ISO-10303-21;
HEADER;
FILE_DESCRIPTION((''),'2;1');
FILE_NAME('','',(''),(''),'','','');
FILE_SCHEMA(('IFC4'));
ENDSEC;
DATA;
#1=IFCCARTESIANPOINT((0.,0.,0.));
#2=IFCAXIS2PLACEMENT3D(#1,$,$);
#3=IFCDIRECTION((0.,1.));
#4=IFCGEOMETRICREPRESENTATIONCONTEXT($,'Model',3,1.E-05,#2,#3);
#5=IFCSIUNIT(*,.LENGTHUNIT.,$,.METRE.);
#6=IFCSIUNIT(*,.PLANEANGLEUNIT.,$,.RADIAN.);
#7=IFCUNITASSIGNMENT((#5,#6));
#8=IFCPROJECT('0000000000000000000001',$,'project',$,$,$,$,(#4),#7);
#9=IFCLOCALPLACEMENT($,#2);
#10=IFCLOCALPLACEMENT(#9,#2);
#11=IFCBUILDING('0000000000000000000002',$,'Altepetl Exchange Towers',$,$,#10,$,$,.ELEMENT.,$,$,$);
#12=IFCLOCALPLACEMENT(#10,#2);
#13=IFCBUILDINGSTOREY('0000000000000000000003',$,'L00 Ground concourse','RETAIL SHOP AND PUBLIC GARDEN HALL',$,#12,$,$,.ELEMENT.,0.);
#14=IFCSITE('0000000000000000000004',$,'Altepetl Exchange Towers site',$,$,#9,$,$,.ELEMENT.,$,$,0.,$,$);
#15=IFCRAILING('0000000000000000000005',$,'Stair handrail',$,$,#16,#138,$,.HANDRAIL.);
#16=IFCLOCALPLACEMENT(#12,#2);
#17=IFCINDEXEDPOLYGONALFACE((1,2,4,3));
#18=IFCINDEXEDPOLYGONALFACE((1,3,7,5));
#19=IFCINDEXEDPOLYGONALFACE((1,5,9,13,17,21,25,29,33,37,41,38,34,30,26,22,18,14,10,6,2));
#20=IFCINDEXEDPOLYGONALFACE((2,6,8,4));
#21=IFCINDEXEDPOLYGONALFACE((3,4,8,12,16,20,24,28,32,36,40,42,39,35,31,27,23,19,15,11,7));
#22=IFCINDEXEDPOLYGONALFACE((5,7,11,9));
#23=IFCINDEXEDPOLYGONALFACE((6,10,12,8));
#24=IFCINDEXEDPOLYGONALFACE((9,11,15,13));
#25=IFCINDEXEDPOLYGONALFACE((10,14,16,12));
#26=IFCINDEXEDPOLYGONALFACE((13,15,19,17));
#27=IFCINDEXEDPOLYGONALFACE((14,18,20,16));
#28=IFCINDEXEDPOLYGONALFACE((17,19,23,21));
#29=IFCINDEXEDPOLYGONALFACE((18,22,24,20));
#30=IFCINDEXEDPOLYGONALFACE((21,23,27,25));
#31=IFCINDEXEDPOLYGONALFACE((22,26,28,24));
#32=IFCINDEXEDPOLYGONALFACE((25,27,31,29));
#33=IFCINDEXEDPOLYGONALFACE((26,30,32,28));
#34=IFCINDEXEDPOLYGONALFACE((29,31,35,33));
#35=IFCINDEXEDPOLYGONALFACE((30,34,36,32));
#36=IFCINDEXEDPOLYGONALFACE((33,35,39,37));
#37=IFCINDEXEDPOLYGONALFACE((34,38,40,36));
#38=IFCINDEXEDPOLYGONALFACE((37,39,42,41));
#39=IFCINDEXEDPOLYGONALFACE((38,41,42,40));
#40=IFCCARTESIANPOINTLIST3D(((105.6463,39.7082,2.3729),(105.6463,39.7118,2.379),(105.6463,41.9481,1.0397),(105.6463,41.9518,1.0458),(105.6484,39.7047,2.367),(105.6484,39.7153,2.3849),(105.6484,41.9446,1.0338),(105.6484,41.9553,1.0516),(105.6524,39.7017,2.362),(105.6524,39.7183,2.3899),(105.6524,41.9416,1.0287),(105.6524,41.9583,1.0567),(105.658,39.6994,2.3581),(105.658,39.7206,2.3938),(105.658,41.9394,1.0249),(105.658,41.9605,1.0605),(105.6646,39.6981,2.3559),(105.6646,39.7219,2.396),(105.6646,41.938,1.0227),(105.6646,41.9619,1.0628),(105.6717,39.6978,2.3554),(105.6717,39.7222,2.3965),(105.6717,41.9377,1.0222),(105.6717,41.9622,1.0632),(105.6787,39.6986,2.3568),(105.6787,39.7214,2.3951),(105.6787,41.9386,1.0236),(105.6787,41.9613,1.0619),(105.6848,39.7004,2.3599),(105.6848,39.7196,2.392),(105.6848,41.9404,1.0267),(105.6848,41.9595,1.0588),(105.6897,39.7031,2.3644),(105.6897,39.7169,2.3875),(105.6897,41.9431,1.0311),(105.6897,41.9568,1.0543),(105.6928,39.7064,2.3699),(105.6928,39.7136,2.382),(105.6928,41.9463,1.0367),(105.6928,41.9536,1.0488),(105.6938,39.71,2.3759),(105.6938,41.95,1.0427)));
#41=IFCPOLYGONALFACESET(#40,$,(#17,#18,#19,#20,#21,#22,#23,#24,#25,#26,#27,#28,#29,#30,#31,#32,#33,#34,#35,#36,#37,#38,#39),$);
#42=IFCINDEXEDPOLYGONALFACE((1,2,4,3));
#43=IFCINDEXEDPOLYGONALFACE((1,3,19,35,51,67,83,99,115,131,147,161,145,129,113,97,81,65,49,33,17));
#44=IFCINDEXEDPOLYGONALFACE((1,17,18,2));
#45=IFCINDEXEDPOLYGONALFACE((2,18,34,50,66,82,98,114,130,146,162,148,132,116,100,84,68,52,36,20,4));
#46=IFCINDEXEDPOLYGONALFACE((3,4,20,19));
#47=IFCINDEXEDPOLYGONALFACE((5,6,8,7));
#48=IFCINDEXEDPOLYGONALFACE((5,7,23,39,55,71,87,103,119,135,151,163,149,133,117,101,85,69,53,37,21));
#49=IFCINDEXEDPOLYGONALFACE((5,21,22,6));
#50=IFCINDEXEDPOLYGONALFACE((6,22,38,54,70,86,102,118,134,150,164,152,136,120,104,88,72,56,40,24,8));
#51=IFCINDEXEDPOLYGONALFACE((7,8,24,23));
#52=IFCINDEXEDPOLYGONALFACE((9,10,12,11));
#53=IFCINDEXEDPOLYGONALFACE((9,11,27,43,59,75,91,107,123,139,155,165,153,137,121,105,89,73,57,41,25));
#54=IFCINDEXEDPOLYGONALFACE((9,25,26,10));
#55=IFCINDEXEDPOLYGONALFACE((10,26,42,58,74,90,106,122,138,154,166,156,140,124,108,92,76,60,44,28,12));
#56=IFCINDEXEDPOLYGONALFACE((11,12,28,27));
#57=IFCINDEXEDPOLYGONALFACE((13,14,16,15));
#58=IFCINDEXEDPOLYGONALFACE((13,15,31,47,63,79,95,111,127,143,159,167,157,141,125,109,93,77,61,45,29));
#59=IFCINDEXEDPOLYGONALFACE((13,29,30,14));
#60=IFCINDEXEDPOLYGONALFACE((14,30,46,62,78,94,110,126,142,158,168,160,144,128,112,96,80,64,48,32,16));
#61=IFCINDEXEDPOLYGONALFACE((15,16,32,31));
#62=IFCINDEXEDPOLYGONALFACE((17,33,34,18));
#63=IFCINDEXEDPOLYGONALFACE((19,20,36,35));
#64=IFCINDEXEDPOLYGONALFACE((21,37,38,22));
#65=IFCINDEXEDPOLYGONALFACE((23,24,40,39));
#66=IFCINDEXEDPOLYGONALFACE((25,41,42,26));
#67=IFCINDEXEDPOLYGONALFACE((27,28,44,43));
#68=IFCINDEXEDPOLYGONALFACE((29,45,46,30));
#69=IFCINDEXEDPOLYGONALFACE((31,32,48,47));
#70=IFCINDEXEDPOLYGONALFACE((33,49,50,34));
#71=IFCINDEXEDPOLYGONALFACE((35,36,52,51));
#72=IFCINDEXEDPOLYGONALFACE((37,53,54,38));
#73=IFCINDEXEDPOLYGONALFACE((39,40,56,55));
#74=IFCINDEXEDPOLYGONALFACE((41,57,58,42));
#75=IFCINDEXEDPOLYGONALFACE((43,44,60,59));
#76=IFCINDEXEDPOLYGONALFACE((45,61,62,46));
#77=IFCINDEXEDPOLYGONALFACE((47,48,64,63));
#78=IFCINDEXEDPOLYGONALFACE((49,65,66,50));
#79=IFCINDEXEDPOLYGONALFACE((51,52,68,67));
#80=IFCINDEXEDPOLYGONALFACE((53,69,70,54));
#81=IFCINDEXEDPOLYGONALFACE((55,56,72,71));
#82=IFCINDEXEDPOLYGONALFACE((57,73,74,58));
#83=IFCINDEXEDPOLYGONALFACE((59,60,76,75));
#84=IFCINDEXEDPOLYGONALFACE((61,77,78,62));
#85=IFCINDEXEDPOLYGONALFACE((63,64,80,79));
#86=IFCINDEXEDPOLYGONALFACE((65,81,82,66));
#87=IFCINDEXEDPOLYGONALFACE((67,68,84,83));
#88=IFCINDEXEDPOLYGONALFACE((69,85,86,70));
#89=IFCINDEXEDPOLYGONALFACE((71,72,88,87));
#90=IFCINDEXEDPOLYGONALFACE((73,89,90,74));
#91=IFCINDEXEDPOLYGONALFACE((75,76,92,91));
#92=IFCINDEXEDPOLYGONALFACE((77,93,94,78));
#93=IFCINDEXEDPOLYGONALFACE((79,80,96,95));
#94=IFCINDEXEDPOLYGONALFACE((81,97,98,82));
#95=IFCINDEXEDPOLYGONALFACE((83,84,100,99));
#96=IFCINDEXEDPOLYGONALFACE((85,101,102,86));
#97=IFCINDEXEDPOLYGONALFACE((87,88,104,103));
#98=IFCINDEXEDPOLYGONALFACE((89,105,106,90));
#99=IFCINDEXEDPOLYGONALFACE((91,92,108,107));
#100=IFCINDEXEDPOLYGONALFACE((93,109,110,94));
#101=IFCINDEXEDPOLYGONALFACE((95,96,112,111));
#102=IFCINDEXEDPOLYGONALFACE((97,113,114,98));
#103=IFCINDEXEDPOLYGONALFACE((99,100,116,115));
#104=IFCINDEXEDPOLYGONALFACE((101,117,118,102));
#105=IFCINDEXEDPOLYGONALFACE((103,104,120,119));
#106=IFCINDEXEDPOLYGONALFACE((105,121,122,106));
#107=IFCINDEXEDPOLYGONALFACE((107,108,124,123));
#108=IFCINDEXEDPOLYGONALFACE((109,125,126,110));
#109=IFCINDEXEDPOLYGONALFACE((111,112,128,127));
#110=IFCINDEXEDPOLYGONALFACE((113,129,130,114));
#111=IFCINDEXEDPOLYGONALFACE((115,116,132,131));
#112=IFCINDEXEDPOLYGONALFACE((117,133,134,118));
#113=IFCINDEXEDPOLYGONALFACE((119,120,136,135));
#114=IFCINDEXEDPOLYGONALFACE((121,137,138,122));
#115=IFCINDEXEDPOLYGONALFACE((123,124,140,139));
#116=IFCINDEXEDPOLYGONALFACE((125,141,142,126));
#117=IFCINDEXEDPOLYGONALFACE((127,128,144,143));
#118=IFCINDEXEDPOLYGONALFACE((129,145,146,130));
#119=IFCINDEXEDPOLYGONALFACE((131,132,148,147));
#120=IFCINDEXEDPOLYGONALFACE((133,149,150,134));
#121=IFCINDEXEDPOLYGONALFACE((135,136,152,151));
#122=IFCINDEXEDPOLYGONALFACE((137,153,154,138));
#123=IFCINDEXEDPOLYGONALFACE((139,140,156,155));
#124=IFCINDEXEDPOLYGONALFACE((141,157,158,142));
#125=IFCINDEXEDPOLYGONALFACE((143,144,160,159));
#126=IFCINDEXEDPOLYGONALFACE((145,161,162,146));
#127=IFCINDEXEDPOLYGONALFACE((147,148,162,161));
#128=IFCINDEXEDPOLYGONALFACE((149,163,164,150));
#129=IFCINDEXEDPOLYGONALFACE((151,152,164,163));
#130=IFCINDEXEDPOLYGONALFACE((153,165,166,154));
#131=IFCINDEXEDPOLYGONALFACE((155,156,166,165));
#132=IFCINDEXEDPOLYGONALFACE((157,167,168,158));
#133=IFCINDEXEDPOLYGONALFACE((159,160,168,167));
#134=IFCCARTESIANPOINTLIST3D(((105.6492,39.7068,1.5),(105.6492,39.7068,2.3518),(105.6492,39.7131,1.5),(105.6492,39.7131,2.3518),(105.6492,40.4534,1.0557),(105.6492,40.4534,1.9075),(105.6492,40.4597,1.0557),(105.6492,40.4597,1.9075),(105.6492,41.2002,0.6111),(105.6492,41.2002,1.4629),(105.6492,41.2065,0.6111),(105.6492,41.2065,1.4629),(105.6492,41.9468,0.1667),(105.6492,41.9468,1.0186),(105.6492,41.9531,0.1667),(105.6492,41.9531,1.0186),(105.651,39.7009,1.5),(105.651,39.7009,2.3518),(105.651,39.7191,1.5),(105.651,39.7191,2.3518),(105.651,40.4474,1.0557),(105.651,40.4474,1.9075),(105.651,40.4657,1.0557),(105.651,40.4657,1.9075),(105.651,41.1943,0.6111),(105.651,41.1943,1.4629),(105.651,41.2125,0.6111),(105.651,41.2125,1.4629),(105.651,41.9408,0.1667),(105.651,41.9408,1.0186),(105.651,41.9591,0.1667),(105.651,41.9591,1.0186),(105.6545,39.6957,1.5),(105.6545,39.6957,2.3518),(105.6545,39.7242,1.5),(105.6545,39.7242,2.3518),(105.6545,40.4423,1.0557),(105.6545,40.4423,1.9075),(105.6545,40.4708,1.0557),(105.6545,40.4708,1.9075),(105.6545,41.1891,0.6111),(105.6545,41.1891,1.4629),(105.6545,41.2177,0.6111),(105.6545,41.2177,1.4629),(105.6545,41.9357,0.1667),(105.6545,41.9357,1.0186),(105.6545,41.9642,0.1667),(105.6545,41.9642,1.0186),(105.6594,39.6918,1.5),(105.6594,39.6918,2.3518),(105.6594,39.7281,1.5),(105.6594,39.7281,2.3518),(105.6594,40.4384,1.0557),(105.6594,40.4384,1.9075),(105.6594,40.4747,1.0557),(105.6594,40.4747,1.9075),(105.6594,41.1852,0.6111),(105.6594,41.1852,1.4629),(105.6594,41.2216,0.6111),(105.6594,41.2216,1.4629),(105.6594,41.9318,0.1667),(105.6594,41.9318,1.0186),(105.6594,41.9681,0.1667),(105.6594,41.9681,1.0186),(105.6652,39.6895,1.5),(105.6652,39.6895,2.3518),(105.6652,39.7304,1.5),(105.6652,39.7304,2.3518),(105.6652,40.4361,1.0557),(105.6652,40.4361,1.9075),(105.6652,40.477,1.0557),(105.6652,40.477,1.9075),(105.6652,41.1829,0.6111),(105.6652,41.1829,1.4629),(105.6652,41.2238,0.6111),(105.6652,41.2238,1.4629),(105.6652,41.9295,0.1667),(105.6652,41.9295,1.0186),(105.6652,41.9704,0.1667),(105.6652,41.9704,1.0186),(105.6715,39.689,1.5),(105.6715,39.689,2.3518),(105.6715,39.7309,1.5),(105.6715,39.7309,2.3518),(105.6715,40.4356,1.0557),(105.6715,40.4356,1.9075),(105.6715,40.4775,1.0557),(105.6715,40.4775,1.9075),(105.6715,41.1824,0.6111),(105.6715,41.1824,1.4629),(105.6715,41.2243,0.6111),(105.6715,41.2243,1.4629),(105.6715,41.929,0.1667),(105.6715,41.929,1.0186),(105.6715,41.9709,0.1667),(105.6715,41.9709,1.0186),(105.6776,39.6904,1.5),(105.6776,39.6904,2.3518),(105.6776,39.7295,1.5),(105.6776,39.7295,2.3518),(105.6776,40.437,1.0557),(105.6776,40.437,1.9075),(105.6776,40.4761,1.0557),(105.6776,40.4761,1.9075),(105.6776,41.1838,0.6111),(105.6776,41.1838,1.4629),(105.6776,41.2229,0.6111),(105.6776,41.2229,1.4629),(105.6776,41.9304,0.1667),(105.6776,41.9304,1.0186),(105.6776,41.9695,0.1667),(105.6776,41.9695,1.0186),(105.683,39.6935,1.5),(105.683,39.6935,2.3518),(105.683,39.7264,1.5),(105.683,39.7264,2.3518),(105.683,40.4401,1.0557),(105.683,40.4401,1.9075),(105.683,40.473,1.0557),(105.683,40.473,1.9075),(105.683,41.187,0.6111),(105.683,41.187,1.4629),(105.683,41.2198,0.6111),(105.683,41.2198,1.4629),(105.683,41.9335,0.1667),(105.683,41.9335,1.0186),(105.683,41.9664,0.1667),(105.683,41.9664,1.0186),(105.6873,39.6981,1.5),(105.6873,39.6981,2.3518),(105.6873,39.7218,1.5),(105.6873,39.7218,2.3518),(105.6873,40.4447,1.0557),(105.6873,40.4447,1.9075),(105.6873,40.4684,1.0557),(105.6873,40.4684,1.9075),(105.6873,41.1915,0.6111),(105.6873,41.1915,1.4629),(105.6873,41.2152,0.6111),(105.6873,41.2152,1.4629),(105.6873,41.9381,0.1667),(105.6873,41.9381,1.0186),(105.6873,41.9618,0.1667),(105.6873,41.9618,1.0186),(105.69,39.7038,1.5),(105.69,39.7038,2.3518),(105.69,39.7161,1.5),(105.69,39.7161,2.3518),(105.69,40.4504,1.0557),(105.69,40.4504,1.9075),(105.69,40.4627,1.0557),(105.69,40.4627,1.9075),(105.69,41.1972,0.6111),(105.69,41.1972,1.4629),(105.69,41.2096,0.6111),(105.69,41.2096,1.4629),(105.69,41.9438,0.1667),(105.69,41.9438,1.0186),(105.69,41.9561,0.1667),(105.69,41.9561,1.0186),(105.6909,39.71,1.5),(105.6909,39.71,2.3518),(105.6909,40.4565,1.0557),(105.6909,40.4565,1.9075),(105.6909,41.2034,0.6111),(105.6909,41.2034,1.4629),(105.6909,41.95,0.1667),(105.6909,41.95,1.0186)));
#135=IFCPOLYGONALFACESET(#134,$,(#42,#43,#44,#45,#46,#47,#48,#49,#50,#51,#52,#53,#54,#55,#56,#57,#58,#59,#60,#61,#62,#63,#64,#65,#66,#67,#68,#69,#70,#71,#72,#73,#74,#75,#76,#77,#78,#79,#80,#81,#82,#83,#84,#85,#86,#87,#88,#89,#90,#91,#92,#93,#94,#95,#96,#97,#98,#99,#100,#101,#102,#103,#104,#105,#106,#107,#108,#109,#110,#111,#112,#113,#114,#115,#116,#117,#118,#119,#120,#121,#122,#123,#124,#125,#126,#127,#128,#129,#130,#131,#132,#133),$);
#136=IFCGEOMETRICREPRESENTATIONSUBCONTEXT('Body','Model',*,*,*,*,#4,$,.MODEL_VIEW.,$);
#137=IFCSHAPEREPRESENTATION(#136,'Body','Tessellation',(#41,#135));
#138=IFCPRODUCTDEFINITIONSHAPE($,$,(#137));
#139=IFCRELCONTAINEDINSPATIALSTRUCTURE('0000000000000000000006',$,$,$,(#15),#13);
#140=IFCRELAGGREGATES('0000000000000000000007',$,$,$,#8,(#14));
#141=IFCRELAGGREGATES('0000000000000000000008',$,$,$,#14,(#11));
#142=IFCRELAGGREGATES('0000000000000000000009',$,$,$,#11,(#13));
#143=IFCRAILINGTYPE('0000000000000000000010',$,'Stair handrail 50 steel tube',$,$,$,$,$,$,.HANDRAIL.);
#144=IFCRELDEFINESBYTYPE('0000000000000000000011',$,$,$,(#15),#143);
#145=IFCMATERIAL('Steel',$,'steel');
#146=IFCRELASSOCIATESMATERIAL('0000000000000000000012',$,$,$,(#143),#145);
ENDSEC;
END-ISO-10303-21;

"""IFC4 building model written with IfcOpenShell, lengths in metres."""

from ifc_helpers import new_model, si_unit, direction, frame, origin, origin_2d, place, context, subcontext, project, spatial, circle, extrude, source, transform, mapped, material, type_object, element, save


model = new_model("IFC4")

# Units and contexts
model_context = context("Model", 3, precision=1e-05, world=origin(), true_north=direction((0.0, 1.0)))
body_context = subcontext(model_context, "Body", "Model", "MODEL_VIEW")
ifc_project = project(units=[si_unit("LENGTHUNIT", "METRE"), si_unit("PLANEANGLEUNIT", "RADIAN")], contexts=[model_context])

# Site, building, storey
site_placement = place(None, origin())
site = spatial("IfcSite", under=ifc_project, at=site_placement, Name="Altepetl Exchange Towers site", CompositionType="ELEMENT", RefElevation=0.0)
building_placement = place(site_placement, origin())
building = spatial("IfcBuilding", under=site, at=building_placement, Name="Altepetl Exchange Towers", CompositionType="ELEMENT")
storey_placement = place(building_placement, origin())
storey = spatial("IfcBuildingStorey", under=building, at=storey_placement, Name="L00 Ground concourse", Description="RETAIL SHOP AND PUBLIC GARDEN HALL", CompositionType="ELEMENT", Elevation=0.0)

# Railing
ifc_material_1 = material(Name="Steel", Category="steel")
railing_type = type_object("IfcRailingType", Name="Stair handrail 50 steel tube", PredefinedType="HANDRAIL", material=ifc_material_1)
shared_shape = source(origin(), body_context, "Body", "SweptSolid", [
    extrude(circle(Radius=0.021, at=origin_2d()), origin(), (0.0, 0.0, 1.0), 0.8518),
])
for number, where, name in (
    (1, (105.6699, 41.95, 0.1667), "Stair handrail"),
):
    element("IfcRailing", number, at=place(storey_placement, frame(where)), inside=storey, type_object=railing_type, Name=name, PredefinedType="HANDRAIL", context=body_context, shape_type="SweptSolid", body=[
        extrude(circle(Radius=0.0239, at=origin_2d()), frame((0.0, 0.0, 0.876), z_axis=(0.0, -0.859306, 0.511462), x_axis=(1.0, 0.0, 0.0)), (0.0, 0.0, 1.0), 2.6067),
        mapped(shared_shape, transform((0.0, 0.0, 0.0))),
        mapped(shared_shape, transform((0.0, -0.7466, 0.4443))),
        mapped(shared_shape, transform((0.0, -1.4934, 0.8889))),
        mapped(shared_shape, transform((0.0, -2.24, 1.3333))),
    ])

save(model, "model.ifc")
